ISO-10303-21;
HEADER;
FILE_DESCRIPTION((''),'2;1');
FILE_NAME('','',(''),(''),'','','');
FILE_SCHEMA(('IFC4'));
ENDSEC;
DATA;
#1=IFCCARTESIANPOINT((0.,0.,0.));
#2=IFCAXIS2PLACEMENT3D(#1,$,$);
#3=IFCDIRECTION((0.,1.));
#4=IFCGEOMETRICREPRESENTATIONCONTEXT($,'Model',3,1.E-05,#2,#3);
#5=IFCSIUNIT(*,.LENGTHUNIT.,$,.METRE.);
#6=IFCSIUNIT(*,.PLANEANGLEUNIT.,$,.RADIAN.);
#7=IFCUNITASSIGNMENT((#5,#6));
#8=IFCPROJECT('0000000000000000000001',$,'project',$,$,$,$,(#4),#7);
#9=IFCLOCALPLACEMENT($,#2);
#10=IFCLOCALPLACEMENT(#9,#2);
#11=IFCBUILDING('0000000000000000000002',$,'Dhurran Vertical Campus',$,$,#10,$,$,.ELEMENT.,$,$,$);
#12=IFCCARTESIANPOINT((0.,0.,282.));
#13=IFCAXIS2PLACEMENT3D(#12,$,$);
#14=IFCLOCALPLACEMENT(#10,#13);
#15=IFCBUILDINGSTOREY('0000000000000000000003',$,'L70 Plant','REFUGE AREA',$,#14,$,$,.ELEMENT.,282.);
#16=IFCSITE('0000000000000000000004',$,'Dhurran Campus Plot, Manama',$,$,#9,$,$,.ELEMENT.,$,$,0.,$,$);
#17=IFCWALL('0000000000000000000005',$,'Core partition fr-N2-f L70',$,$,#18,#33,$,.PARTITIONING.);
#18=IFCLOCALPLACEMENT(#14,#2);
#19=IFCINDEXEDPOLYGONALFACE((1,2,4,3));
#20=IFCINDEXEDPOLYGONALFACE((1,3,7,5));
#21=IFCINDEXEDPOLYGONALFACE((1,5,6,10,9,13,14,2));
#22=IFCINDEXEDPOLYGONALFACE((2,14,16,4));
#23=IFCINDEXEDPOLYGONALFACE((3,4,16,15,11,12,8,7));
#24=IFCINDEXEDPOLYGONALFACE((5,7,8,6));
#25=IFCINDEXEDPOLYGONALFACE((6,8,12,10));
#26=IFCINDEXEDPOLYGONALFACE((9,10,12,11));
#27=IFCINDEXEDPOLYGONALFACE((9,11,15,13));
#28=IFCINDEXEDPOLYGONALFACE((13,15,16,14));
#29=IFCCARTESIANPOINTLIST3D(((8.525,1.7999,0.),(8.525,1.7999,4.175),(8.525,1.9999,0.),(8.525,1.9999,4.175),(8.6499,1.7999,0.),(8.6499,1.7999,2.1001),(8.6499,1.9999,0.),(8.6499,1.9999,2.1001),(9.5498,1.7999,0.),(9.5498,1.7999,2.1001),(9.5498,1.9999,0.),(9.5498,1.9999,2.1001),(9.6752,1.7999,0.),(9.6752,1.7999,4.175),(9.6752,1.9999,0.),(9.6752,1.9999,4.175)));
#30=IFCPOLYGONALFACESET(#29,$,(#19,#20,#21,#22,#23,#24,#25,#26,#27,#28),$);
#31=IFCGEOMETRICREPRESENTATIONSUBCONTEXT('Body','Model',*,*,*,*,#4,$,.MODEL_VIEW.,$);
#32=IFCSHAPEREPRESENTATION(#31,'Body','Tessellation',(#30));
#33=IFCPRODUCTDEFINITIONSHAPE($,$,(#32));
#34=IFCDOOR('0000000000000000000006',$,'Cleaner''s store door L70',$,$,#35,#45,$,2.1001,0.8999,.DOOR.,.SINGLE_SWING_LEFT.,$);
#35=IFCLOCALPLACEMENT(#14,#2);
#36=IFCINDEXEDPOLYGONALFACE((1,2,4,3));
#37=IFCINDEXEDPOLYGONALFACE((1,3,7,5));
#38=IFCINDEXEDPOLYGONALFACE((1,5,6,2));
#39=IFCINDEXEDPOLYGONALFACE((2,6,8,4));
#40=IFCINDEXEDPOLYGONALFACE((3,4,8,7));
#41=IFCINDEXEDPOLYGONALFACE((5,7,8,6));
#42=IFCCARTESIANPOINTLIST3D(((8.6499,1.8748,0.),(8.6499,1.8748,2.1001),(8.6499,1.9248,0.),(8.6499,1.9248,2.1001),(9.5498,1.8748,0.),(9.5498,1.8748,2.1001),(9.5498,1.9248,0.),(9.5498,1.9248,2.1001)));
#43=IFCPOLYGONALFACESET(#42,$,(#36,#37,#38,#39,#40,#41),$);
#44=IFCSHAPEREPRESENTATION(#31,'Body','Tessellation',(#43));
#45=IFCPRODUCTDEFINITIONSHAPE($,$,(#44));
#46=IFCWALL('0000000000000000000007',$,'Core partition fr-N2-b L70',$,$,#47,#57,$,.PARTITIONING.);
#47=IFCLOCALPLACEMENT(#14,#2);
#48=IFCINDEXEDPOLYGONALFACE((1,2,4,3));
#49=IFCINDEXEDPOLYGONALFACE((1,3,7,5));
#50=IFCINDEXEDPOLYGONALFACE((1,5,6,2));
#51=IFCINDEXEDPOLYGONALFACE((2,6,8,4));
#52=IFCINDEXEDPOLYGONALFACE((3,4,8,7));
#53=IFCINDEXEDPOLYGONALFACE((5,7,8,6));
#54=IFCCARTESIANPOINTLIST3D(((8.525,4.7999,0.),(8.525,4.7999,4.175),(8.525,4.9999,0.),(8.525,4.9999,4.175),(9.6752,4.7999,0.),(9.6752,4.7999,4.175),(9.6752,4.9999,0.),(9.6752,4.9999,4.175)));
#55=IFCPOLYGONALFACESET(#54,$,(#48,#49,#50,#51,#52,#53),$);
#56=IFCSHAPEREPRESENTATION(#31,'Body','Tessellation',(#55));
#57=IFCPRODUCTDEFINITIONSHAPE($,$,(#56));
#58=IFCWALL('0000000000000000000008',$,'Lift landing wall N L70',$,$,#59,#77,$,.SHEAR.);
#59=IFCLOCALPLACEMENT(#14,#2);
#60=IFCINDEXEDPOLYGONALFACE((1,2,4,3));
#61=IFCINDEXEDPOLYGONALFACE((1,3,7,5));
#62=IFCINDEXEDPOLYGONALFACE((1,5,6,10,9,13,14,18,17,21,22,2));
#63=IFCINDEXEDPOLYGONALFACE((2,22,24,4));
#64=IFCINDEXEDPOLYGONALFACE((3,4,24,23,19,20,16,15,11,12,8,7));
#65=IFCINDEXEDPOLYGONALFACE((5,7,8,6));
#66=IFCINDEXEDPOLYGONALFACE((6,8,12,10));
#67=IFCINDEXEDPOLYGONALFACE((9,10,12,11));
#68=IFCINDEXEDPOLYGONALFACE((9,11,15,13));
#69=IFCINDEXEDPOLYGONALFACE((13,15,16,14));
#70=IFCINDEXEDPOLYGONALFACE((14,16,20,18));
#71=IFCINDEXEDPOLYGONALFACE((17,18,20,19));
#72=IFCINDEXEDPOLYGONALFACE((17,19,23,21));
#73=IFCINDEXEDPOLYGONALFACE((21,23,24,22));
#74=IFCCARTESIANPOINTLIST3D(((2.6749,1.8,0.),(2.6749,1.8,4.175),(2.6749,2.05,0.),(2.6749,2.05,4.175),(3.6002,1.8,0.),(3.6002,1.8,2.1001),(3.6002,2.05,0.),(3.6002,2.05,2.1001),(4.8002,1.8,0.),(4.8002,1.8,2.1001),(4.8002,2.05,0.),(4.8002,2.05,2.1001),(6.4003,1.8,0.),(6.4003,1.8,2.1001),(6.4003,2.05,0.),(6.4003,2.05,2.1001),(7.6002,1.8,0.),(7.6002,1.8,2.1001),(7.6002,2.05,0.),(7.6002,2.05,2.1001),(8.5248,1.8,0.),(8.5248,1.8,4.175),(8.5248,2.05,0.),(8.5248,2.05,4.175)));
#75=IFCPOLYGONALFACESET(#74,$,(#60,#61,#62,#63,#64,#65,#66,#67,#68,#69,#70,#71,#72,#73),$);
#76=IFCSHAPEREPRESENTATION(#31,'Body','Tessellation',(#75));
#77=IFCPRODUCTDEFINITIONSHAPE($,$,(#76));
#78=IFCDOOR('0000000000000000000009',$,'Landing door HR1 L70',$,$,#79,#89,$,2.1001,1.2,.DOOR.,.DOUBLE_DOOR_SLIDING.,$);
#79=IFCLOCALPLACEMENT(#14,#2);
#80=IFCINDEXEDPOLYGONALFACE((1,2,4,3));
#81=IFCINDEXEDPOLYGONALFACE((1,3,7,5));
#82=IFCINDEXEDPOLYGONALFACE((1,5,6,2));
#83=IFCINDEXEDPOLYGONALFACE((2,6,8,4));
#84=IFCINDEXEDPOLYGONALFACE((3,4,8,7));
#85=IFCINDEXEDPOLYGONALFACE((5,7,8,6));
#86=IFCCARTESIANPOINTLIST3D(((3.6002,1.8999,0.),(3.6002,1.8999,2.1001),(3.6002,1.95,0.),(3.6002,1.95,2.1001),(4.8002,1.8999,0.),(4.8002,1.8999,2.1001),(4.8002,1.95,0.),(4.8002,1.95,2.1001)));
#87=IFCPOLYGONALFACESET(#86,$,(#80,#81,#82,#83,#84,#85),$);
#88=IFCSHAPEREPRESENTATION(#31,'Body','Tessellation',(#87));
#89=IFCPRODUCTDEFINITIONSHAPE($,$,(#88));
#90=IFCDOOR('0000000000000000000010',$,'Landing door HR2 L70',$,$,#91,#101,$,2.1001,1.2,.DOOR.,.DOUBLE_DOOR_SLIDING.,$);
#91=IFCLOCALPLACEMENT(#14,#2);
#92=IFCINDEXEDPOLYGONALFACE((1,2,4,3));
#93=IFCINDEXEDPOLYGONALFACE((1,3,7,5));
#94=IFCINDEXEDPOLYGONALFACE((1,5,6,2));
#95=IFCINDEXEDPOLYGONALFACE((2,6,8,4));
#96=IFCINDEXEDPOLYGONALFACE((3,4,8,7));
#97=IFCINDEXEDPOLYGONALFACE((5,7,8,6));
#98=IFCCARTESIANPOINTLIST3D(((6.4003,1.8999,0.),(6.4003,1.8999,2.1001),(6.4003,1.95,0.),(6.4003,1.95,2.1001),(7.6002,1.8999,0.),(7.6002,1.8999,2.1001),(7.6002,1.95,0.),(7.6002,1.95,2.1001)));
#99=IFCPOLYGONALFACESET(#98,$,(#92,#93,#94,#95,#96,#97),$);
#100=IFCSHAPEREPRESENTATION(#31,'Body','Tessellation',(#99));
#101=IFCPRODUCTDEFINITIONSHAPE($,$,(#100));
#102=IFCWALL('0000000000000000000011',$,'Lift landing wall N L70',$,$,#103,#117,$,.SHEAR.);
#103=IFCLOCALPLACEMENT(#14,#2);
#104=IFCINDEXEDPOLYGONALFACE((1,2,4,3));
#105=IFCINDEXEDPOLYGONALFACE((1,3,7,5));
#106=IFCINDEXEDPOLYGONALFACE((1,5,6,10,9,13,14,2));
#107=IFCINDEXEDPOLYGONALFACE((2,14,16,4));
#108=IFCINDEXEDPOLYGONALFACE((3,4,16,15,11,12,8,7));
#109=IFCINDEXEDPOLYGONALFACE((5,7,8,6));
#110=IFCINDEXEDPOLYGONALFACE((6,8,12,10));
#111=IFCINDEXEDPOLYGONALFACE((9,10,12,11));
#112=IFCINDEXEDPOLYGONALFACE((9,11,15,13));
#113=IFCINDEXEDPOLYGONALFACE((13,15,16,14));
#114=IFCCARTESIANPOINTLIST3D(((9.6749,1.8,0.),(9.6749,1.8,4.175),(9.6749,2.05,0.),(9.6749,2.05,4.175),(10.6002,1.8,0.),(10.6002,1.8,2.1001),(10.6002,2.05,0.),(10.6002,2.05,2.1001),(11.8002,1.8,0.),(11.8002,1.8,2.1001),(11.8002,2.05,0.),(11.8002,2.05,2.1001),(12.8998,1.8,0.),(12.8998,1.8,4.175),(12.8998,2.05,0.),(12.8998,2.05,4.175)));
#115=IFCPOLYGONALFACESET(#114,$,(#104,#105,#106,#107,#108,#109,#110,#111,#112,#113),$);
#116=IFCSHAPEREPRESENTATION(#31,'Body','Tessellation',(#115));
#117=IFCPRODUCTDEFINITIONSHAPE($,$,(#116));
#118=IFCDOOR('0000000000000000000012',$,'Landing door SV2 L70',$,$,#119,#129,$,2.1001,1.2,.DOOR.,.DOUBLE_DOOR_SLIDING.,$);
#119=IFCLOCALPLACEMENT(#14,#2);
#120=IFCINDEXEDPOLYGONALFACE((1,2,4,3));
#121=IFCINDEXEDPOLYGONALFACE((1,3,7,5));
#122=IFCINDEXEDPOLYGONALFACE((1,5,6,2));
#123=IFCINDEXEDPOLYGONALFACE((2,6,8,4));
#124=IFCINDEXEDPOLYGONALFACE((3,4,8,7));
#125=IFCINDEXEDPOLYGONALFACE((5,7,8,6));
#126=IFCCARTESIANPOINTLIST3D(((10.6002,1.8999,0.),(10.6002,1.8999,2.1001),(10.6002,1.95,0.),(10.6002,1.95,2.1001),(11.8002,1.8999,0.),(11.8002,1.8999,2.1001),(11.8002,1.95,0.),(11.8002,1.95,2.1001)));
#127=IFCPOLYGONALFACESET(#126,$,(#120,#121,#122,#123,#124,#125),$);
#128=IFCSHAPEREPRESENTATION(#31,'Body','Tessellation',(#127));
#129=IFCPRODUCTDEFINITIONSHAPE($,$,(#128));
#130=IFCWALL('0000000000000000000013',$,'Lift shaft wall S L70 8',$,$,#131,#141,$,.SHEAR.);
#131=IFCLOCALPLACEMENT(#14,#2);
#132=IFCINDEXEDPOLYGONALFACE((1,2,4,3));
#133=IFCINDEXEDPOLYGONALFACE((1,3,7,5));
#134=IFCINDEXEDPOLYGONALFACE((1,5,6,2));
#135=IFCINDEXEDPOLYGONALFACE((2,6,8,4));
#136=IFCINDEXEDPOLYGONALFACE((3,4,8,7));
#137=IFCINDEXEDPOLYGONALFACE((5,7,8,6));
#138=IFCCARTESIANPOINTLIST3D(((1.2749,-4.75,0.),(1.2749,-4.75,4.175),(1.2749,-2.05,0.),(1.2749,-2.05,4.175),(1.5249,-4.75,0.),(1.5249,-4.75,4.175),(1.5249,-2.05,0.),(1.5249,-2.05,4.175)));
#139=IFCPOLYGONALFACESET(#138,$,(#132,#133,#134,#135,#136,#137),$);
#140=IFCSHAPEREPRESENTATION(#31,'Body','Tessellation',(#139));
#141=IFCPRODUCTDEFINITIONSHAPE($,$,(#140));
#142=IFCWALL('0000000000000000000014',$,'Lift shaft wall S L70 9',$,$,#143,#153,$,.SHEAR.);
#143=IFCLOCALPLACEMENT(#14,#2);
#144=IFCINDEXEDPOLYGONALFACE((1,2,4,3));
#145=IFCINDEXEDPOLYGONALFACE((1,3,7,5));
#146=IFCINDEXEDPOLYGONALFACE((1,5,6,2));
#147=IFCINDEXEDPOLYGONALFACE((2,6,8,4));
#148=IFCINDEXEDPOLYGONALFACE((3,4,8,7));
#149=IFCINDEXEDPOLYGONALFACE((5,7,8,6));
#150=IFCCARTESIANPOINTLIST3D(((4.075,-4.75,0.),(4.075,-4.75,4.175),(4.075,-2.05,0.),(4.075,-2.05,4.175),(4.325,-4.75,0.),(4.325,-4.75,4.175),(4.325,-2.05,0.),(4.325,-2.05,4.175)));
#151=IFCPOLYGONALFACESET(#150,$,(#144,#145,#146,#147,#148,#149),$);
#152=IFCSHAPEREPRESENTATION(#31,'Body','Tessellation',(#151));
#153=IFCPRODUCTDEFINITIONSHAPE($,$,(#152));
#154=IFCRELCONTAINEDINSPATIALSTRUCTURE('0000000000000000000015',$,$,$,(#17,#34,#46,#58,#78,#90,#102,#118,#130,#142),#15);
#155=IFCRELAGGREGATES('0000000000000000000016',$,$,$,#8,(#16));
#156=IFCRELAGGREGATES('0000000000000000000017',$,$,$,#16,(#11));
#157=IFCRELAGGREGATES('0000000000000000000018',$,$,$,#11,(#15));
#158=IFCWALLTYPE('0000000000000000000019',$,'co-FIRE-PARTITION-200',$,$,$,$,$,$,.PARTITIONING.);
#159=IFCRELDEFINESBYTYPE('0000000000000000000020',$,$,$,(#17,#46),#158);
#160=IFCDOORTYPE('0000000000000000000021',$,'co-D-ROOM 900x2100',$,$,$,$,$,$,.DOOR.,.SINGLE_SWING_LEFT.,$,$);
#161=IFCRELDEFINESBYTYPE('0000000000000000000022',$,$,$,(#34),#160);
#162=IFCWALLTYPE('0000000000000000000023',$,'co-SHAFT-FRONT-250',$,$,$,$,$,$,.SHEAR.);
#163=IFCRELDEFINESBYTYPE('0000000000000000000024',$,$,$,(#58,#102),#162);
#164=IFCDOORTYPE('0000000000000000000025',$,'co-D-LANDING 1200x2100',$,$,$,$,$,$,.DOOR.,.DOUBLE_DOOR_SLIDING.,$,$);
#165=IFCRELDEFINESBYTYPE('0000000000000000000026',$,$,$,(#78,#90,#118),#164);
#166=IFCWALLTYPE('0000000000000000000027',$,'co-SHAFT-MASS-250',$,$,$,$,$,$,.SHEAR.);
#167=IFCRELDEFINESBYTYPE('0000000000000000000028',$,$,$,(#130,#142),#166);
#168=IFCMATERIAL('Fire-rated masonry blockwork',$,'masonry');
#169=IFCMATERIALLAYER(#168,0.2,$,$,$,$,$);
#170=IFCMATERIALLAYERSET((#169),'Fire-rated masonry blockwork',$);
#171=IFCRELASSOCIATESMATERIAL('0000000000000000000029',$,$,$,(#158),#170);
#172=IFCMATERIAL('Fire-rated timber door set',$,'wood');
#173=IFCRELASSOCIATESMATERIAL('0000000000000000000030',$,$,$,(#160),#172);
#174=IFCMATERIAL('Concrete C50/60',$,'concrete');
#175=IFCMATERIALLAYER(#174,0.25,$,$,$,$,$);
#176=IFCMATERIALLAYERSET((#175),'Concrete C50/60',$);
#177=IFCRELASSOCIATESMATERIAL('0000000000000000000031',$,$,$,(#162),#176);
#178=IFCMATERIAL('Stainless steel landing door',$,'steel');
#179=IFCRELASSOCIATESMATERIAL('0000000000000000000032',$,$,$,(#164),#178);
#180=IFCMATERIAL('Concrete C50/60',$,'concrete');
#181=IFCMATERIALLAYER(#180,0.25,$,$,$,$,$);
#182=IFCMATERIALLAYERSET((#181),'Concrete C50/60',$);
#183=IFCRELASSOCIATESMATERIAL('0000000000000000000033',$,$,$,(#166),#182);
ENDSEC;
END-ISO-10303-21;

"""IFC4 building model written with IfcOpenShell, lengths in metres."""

from ifc_helpers import new_model, si_unit, direction, frame, frame_2d, origin, place, context, subcontext, project, spatial, polyline, rectangle, outline, extrude, material, layer, layer_set, type_object, element, fill, save


model = new_model("IFC4")

# Units and contexts
model_context = context("Model", 3, precision=1e-05, world=origin(), true_north=direction((0.0, 1.0)))
body_context = subcontext(model_context, "Body", "Model", "MODEL_VIEW")
ifc_project = project(units=[si_unit("LENGTHUNIT", "METRE"), si_unit("PLANEANGLEUNIT", "RADIAN")], contexts=[model_context])

# Site, building, storey
site_placement = place(None, origin())
site = spatial("IfcSite", under=ifc_project, at=site_placement, Name="Dhurran Campus Plot, Manama", CompositionType="ELEMENT", RefElevation=0.0)
building_placement = place(site_placement, origin())
building = spatial("IfcBuilding", under=site, at=building_placement, Name="Dhurran Vertical Campus", CompositionType="ELEMENT")
storey_placement = place(building_placement, frame((0.0, 0.0, 282.0)))
storey = spatial("IfcBuildingStorey", under=building, at=storey_placement, Name="L70 Plant", Description="REFUGE AREA", CompositionType="ELEMENT", Elevation=282.0)

# Shared definitions
ifc_material_1 = material(Name="Fire-rated masonry blockwork", Category="masonry")
ifc_layer_1 = layer(ifc_material_1, 0.2)
ifc_layer_set_1 = layer_set([ifc_layer_1], Name="Fire-rated masonry blockwork")
wall_type_1 = type_object("IfcWallType", Name="co-FIRE-PARTITION-200", PredefinedType="PARTITIONING", material=ifc_layer_set_1)

# Shared definitions
ifc_material_2 = material(Name="Fire-rated timber door set", Category="wood")
door_type_1 = type_object("IfcDoorType", Name="co-D-ROOM 900x2100", OperationType="SINGLE_SWING_LEFT", PredefinedType="DOOR", material=ifc_material_2)

# Wall, opening, door
wall_1_placement = place(storey_placement, frame((8.5249, 1.8999, 0.0), z_axis=(0.0, 0.0, 1.0), x_axis=(1.0, 0.0, 0.0)))
wall_1 = element("IfcWall", 1, at=wall_1_placement, inside=storey, type_object=wall_type_1, Name="Core partition fr-N2-f L70", PredefinedType="PARTITIONING", context=body_context, shape_type="SweptSolid", body=[
    extrude(rectangle(XDim=1.1501, YDim=0.2, at=frame_2d((0.5752, 0.0))), origin(), (0.0, 0.0, 1.0), 4.175),
])
opening_1_placement = place(wall_1_placement, frame((0.125, 0.0, 0.0)))
opening_1 = element("IfcOpeningElement", 2, at=opening_1_placement, cuts=wall_1, PredefinedType="OPENING", context=body_context, shape_type="SweptSolid", body=[
    extrude(rectangle(XDim=0.8999, YDim=2.1001, at=frame_2d((0.45, 1.05))), frame((0.0, 0.1099, 0.0), z_axis=(0.0, -1.0, 0.0), x_axis=(1.0, 0.0, 0.0)), (0.0, 0.0, 1.0), 0.22),
])
door_1_placement = place(opening_1_placement, origin())
door_1 = element("IfcDoor", 3, at=door_1_placement, inside=storey, type_object=door_type_1, Name="Cleaner's store door L70", OperationType="SINGLE_SWING_LEFT", OverallHeight=2.1001, OverallWidth=0.8999, PredefinedType="DOOR", context=body_context, shape_type="SweptSolid", body=[
    extrude(rectangle(XDim=0.8999, YDim=2.1001, at=frame_2d((0.45, 1.05))), frame((0.0, 0.0249, 0.0), z_axis=(0.0, -1.0, 0.0), x_axis=(1.0, 0.0, 0.0)), (0.0, 0.0, 1.0), 0.05),
])
fill(opening_1, door_1)

# Wall
wall_2_placement = place(storey_placement, frame((8.5249, 4.8999, 0.0), z_axis=(0.0, 0.0, 1.0), x_axis=(1.0, 0.0, 0.0)))
element("IfcWall", 4, at=wall_2_placement, inside=storey, type_object=wall_type_1, Name="Core partition fr-N2-b L70", PredefinedType="PARTITIONING", context=body_context, shape_type="SweptSolid", body=[
    extrude(rectangle(XDim=1.1501, YDim=0.2, at=frame_2d((0.5752, 0.0))), origin(), (0.0, 0.0, 1.0), 4.175),
])

# Wall, openings, doors
ifc_material_3 = material(Name="Concrete C50/60", Category="concrete")
ifc_layer_2 = layer(ifc_material_3, 0.25)
ifc_layer_set_2 = layer_set([ifc_layer_2], Name="Concrete C50/60")
wall_type_2 = type_object("IfcWallType", Name="co-SHAFT-FRONT-250", PredefinedType="SHEAR", material=ifc_layer_set_2)
wall_3_placement = place(storey_placement, frame((2.675, 1.925, 0.0), z_axis=(0.0, 0.0, 1.0), x_axis=(1.0, 0.0, 0.0)))
wall_3 = element("IfcWall", 5, at=wall_3_placement, inside=storey, type_object=wall_type_2, Name="Lift landing wall N L70", PredefinedType="SHEAR", context=body_context, shape_type="SweptSolid", body=[
    extrude(rectangle(XDim=5.8499, YDim=0.25, at=frame_2d((2.9248, 0.0))), origin(), (0.0, 0.0, 1.0), 4.175),
])
opening_2_placement = place(wall_3_placement, frame((0.925, 0.0, 0.0)))
opening_2 = element("IfcOpeningElement", 6, at=opening_2_placement, cuts=wall_3, PredefinedType="OPENING", context=body_context, shape_type="SweptSolid", body=[
    extrude(rectangle(XDim=1.2, YDim=2.1001, at=frame_2d((0.6001, 1.05))), frame((0.0, 0.135, 0.0), z_axis=(0.0, -1.0, 0.0), x_axis=(1.0, 0.0, 0.0)), (0.0, 0.0, 1.0), 0.27),
])
opening_3_placement = place(wall_3_placement, frame((3.7251, 0.0, 0.0)))
opening_3 = element("IfcOpeningElement", 7, at=opening_3_placement, cuts=wall_3, PredefinedType="OPENING", context=body_context, shape_type="SweptSolid", body=[
    extrude(rectangle(XDim=1.2, YDim=2.1001, at=frame_2d((0.6001, 1.05))), frame((0.0, 0.135, 0.0), z_axis=(0.0, -1.0, 0.0), x_axis=(1.0, 0.0, 0.0)), (0.0, 0.0, 1.0), 0.27),
])
ifc_material_4 = material(Name="Stainless steel landing door", Category="steel")
door_type_2 = type_object("IfcDoorType", Name="co-D-LANDING 1200x2100", OperationType="DOUBLE_DOOR_SLIDING", PredefinedType="DOOR", material=ifc_material_4)
door_2_placement = place(opening_2_placement, origin())
door_2 = element("IfcDoor", 8, at=door_2_placement, inside=storey, type_object=door_type_2, Name="Landing door HR1 L70", OperationType="DOUBLE_DOOR_SLIDING", OverallHeight=2.1001, OverallWidth=1.2, PredefinedType="DOOR", context=body_context, shape_type="SweptSolid", body=[
    extrude(rectangle(XDim=1.2, YDim=2.1001, at=frame_2d((0.6001, 1.05))), frame((0.0, 0.0249, 0.0), z_axis=(0.0, -1.0, 0.0), x_axis=(1.0, 0.0, 0.0)), (0.0, 0.0, 1.0), 0.05),
])
fill(opening_2, door_2)
door_3_placement = place(opening_3_placement, origin())
door_3 = element("IfcDoor", 9, at=door_3_placement, inside=storey, type_object=door_type_2, Name="Landing door HR2 L70", OperationType="DOUBLE_DOOR_SLIDING", OverallHeight=2.1001, OverallWidth=1.2, PredefinedType="DOOR", context=body_context, shape_type="SweptSolid", body=[
    extrude(rectangle(XDim=1.2, YDim=2.1001, at=frame_2d((0.6001, 1.05))), frame((0.0, 0.0249, 0.0), z_axis=(0.0, -1.0, 0.0), x_axis=(1.0, 0.0, 0.0)), (0.0, 0.0, 1.0), 0.05),
])
fill(opening_3, door_3)

# Wall, opening, door
wall_4_placement = place(storey_placement, frame((9.675, 1.925, 0.0), z_axis=(0.0, 0.0, 1.0), x_axis=(1.0, 0.0, 0.0)))
wall_4 = element("IfcWall", 10, at=wall_4_placement, inside=storey, type_object=wall_type_2, Name="Lift landing wall N L70", PredefinedType="SHEAR", context=body_context, shape_type="SweptSolid", body=[
    extrude(rectangle(XDim=3.2249, YDim=0.25, at=frame_2d((1.6123, 0.0))), origin(), (0.0, 0.0, 1.0), 4.175),
])
opening_4_placement = place(wall_4_placement, frame((0.925, 0.0, 0.0)))
opening_4 = element("IfcOpeningElement", 11, at=opening_4_placement, cuts=wall_4, PredefinedType="OPENING", context=body_context, shape_type="SweptSolid", body=[
    extrude(rectangle(XDim=1.2, YDim=2.1001, at=frame_2d((0.6001, 1.05))), frame((0.0, 0.135, 0.0), z_axis=(0.0, -1.0, 0.0), x_axis=(1.0, 0.0, 0.0)), (0.0, 0.0, 1.0), 0.27),
])
door_4_placement = place(opening_4_placement, origin())
door_4 = element("IfcDoor", 12, at=door_4_placement, inside=storey, type_object=door_type_2, Name="Landing door SV2 L70", OperationType="DOUBLE_DOOR_SLIDING", OverallHeight=2.1001, OverallWidth=1.2, PredefinedType="DOOR", context=body_context, shape_type="SweptSolid", body=[
    extrude(rectangle(XDim=1.2, YDim=2.1001, at=frame_2d((0.6001, 1.05))), frame((0.0, 0.0249, 0.0), z_axis=(0.0, -1.0, 0.0), x_axis=(1.0, 0.0, 0.0)), (0.0, 0.0, 1.0), 0.05),
])
fill(opening_4, door_4)

# Walls
ifc_material_5 = material(Name="Concrete C50/60", Category="concrete")
ifc_layer_3 = layer(ifc_material_5, 0.25)
ifc_layer_set_3 = layer_set([ifc_layer_3], Name="Concrete C50/60")
wall_type_3 = type_object("IfcWallType", Name="co-SHAFT-MASS-250", PredefinedType="SHEAR", material=ifc_layer_set_3)
wall_5_placement = place(storey_placement, origin())
element("IfcWall", 13, at=wall_5_placement, inside=storey, type_object=wall_type_3, Name="Lift shaft wall S L70 8", PredefinedType="SHEAR", context=body_context, shape_type="SweptSolid", body=[
    extrude(outline(polyline([(1.2749, -4.75), (1.5249, -4.75), (1.5249, -2.05), (1.2749, -2.05), (1.2749, -4.75)])), origin(), (0.0, 0.0, 1.0), 4.175),
])
wall_6_placement = place(storey_placement, origin())
element("IfcWall", 14, at=wall_6_placement, inside=storey, type_object=wall_type_3, Name="Lift shaft wall S L70 9", PredefinedType="SHEAR", context=body_context, shape_type="SweptSolid", body=[
    extrude(outline(polyline([(4.075, -4.75), (4.325, -4.75), (4.325, -2.05), (4.075, -2.05), (4.075, -4.75)])), origin(), (0.0, 0.0, 1.0), 4.175),
])

save(model, "model.ifc")
